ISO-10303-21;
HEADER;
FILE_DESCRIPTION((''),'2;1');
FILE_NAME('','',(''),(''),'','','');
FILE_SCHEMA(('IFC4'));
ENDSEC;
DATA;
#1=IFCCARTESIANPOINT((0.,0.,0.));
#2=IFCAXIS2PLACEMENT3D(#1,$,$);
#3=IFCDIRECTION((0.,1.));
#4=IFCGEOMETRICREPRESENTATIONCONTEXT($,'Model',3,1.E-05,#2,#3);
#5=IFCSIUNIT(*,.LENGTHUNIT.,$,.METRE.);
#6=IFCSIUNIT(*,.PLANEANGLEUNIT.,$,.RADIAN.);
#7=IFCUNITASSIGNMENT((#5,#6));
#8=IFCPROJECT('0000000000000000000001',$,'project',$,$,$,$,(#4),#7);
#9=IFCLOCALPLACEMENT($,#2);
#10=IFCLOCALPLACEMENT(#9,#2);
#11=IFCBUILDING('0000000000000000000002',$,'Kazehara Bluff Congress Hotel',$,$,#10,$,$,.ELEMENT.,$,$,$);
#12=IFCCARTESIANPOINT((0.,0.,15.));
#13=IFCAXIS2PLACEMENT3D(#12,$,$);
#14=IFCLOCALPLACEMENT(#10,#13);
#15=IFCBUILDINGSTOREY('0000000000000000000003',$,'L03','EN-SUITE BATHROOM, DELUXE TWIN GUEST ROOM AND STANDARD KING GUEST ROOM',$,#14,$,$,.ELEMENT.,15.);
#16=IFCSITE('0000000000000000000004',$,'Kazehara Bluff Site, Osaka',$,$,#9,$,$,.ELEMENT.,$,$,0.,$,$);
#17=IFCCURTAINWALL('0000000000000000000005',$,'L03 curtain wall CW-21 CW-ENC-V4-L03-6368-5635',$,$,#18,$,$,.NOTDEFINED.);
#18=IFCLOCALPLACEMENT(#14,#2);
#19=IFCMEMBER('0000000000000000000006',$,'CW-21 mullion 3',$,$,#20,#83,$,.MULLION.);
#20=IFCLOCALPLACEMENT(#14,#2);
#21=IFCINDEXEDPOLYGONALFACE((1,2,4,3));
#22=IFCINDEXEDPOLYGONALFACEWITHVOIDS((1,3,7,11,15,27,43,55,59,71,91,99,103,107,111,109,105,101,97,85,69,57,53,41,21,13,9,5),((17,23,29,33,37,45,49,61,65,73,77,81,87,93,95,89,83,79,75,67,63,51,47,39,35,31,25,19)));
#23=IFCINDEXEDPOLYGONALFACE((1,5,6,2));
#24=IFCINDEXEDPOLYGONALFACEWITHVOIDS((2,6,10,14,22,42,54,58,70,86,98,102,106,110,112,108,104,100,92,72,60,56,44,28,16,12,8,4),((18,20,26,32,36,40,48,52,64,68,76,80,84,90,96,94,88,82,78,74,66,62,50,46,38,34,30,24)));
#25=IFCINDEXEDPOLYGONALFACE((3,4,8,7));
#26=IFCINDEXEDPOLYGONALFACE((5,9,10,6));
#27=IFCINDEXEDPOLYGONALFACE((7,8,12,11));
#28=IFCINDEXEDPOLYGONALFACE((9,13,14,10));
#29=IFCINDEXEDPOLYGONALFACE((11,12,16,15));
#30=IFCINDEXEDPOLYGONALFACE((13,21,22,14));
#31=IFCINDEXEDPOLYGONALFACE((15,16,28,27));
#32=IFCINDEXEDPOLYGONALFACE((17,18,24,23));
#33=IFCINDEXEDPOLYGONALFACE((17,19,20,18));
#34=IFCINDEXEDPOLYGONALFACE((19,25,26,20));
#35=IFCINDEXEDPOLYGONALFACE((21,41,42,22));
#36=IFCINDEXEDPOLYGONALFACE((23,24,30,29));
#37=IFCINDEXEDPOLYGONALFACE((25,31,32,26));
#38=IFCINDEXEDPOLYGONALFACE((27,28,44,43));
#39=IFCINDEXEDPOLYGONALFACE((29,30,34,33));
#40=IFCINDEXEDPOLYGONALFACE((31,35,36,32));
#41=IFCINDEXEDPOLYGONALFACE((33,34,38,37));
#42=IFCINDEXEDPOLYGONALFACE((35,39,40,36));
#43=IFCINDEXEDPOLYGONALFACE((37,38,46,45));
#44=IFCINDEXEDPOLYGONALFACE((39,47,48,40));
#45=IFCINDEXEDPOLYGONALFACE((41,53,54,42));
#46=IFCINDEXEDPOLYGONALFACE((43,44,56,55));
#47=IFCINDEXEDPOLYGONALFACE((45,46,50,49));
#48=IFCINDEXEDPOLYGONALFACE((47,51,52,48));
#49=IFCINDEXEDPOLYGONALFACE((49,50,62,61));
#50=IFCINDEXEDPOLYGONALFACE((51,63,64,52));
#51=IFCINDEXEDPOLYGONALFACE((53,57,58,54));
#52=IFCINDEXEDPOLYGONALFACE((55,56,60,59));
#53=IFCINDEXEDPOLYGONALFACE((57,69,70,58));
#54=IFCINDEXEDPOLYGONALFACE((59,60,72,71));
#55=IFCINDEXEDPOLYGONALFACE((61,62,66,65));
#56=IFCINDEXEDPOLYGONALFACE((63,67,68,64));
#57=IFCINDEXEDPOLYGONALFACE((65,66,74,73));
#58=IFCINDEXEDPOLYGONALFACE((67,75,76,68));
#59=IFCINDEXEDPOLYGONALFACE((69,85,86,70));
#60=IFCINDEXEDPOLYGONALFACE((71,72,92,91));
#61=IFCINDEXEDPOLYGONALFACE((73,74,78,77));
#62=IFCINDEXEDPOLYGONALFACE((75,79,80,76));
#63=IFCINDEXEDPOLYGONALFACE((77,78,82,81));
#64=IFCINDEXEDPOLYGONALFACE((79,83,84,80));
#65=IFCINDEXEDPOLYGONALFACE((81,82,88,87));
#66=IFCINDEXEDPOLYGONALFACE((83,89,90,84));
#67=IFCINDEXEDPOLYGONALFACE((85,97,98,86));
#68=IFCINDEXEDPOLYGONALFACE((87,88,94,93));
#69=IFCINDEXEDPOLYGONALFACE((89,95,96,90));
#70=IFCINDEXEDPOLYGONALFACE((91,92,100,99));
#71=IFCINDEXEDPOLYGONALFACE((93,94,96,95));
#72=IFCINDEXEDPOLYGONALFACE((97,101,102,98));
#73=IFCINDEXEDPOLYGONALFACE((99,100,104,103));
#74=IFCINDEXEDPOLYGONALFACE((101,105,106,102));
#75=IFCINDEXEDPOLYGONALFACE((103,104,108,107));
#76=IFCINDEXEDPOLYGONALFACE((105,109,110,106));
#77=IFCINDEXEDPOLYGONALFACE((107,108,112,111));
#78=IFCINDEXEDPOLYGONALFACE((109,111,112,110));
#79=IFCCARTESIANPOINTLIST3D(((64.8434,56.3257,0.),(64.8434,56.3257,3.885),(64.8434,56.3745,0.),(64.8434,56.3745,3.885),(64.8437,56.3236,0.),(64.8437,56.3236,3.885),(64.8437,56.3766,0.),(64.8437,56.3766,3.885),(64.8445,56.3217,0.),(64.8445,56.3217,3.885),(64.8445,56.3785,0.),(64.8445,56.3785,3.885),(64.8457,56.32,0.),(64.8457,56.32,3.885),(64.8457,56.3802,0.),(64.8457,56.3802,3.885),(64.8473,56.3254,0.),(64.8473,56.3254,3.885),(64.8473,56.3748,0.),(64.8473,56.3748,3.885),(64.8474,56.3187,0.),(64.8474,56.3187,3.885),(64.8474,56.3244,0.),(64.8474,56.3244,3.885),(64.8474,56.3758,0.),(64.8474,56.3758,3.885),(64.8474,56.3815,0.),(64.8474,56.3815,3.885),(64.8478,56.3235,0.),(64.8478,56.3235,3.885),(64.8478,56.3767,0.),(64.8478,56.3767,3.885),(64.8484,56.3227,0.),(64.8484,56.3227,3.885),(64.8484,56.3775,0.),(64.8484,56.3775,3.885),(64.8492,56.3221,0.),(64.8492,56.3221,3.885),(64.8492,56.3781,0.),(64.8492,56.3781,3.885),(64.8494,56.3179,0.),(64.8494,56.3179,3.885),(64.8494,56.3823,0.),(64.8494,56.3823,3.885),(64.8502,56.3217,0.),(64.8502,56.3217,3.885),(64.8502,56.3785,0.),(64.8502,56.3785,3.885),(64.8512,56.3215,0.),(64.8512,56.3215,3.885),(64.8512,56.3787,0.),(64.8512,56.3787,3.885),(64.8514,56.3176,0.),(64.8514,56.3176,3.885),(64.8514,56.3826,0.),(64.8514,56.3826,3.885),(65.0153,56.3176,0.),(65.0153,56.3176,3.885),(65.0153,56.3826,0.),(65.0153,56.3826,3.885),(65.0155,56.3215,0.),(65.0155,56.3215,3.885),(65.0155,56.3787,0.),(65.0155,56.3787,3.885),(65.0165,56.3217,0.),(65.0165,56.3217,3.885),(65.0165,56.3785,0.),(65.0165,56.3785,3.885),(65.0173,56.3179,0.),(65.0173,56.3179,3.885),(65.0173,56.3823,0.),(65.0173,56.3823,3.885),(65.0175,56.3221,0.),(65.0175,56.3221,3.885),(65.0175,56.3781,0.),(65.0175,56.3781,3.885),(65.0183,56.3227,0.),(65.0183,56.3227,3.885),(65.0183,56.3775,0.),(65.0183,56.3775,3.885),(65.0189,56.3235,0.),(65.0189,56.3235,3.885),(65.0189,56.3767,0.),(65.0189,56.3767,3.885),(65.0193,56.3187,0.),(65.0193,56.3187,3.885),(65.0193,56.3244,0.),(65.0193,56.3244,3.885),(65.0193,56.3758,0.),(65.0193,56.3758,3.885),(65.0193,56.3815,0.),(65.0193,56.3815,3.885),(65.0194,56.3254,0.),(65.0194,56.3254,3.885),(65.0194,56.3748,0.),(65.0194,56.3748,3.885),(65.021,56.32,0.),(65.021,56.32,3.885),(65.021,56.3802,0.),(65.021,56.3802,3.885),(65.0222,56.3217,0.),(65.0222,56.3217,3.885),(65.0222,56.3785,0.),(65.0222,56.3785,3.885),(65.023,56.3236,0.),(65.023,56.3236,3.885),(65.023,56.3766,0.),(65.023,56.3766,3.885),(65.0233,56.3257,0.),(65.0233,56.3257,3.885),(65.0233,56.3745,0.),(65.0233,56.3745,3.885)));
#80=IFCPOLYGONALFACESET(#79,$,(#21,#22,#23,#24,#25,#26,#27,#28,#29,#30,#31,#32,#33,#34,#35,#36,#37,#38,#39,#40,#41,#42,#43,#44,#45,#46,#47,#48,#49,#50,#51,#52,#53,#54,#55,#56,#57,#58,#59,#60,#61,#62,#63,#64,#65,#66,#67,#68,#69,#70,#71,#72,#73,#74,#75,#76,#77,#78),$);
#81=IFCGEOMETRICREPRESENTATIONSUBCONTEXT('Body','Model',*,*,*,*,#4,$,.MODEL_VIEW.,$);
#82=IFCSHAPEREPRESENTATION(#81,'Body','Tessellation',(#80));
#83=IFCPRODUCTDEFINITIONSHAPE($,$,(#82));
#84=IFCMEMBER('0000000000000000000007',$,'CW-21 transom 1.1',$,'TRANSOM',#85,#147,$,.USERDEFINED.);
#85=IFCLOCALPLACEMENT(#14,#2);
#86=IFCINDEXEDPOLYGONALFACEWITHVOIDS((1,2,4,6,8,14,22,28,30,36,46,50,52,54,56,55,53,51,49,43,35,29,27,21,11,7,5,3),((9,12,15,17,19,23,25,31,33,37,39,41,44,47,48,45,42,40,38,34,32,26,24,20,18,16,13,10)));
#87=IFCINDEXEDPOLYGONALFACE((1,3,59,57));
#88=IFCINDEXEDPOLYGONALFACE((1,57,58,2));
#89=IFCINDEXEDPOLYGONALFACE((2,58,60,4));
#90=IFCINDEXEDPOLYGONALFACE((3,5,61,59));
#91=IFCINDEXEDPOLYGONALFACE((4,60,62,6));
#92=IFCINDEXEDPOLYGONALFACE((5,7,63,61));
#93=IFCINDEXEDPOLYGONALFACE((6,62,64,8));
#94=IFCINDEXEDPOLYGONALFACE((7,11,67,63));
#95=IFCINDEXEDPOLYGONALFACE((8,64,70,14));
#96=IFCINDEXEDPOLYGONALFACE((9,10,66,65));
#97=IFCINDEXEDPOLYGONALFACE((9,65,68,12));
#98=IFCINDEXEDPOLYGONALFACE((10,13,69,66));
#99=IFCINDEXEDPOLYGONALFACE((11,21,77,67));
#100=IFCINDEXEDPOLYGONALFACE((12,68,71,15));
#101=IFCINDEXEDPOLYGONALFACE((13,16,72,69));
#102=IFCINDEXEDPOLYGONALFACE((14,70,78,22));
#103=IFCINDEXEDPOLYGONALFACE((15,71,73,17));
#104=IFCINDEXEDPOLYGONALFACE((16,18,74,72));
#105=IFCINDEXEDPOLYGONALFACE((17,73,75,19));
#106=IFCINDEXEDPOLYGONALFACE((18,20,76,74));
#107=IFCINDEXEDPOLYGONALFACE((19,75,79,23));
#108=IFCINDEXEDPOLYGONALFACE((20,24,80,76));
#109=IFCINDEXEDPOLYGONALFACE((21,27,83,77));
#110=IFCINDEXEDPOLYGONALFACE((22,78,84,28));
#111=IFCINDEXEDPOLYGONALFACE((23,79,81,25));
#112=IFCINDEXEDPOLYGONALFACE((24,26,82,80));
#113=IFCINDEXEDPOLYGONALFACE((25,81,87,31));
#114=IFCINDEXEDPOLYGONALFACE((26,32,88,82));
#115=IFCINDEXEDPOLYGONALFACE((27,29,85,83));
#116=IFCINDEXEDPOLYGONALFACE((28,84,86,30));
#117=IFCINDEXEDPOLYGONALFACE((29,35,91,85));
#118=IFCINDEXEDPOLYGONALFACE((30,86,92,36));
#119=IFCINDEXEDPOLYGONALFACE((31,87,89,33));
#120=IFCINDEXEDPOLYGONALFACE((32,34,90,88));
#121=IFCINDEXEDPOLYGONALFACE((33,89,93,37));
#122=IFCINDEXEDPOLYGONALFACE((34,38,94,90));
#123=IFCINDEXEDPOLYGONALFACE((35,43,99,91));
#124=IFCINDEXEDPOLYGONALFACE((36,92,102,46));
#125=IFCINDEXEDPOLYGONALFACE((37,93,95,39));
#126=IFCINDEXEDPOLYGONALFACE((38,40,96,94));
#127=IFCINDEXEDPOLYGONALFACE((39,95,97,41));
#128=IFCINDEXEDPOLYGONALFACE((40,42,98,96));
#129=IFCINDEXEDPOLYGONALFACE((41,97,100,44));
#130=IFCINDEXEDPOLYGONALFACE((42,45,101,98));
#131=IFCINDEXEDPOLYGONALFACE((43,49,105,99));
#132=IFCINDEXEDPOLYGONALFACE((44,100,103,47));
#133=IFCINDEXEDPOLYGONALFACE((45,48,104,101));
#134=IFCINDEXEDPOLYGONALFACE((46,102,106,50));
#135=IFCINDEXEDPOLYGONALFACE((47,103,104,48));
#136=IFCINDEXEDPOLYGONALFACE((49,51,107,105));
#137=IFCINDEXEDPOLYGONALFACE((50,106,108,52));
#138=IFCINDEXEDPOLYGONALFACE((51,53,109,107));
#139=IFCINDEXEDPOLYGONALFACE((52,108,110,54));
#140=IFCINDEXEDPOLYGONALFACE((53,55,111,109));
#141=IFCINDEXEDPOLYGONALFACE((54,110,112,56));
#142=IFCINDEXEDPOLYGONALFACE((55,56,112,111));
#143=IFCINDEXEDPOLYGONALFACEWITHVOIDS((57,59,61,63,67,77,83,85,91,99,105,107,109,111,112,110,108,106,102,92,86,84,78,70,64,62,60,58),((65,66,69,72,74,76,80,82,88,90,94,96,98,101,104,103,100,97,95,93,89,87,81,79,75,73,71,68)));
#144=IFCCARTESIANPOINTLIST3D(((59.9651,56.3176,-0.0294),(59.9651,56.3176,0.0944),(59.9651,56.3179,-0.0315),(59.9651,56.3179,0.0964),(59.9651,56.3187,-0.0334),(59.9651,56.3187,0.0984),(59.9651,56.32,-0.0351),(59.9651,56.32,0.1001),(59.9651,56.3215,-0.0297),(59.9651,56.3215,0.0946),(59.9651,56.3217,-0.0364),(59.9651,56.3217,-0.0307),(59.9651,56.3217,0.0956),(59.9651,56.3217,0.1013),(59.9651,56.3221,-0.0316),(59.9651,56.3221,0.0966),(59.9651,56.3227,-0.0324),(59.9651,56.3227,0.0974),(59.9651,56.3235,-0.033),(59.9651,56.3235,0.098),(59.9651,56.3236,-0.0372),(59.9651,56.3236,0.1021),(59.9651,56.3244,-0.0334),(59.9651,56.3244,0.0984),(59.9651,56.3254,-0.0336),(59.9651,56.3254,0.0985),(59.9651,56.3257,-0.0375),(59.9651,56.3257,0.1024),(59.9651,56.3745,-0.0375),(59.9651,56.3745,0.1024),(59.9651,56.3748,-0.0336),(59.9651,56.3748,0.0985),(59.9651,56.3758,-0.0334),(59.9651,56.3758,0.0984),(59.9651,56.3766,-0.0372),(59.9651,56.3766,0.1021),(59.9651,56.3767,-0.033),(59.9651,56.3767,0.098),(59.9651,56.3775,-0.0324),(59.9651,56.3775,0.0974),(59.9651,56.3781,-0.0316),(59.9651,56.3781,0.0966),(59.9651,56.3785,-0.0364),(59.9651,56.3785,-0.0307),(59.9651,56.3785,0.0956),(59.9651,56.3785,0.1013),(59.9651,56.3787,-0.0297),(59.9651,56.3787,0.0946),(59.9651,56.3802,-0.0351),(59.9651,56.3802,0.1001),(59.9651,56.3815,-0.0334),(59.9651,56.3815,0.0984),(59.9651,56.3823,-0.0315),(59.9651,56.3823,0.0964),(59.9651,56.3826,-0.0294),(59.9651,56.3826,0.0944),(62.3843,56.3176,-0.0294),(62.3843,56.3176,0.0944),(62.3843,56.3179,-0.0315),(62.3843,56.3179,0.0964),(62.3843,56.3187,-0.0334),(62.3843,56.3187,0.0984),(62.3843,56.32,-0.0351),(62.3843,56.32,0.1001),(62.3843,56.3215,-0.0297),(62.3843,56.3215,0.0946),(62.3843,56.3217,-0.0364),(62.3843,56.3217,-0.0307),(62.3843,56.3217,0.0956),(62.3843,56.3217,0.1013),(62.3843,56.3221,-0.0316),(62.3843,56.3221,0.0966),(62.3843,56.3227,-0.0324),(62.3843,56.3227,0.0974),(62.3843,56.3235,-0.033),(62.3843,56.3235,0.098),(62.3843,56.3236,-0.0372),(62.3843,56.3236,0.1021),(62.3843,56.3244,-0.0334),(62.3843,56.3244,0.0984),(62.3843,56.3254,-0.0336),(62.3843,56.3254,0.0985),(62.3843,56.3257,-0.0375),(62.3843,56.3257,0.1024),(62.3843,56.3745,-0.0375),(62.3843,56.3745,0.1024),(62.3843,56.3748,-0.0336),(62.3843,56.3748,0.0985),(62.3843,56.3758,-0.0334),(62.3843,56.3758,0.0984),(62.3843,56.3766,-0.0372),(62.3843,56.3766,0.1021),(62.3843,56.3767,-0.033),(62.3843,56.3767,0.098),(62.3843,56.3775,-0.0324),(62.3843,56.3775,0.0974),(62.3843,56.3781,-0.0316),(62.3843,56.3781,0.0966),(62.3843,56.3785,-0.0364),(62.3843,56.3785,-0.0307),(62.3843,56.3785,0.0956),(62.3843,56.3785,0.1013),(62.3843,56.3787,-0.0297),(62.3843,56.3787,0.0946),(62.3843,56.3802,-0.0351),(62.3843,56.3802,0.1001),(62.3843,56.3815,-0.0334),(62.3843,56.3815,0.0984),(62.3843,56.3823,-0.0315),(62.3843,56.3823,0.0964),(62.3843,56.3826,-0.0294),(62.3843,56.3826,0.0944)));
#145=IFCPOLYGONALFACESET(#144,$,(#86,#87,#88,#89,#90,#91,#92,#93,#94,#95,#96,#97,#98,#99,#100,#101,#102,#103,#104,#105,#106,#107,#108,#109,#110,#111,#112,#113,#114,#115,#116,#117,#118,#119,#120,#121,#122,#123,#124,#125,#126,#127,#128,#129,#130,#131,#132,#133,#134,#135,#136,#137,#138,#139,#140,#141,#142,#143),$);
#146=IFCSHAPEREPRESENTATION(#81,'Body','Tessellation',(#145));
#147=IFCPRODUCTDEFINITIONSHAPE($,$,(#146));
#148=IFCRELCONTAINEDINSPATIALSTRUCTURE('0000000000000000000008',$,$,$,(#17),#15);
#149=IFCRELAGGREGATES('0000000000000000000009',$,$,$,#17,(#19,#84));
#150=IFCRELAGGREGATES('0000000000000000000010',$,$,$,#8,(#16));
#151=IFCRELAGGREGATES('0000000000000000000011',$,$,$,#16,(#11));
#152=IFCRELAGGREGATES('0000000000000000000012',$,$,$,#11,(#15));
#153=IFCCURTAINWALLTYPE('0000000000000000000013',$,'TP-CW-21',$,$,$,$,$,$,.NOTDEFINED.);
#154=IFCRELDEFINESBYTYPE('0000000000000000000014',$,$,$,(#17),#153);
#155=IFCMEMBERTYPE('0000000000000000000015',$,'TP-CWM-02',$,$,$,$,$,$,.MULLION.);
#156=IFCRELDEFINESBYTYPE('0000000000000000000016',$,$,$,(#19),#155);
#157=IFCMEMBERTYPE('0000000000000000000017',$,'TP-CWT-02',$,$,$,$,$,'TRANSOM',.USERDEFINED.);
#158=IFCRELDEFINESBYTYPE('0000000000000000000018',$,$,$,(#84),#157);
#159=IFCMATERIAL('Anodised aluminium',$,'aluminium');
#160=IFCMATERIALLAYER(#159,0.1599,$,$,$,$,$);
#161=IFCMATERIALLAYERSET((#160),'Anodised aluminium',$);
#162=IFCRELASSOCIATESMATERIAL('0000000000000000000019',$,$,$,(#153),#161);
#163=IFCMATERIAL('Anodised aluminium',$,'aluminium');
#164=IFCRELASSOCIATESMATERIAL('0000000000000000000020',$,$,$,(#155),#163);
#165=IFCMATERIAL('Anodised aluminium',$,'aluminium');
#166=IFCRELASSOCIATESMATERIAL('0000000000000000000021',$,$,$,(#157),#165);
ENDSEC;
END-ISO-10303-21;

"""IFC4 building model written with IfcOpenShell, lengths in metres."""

from ifc_helpers import new_model, si_unit, direction, frame, origin, origin_2d, place, context, subcontext, project, spatial, hollow_rectangle, extrude, material, layer, layer_set, material_profile, profile_set, type_object, element, aggregate, save


model = new_model("IFC4")

# Units and contexts
model_context = context("Model", 3, precision=1e-05, world=origin(), true_north=direction((0.0, 1.0)))
body_context = subcontext(model_context, "Body", "Model", "MODEL_VIEW")
ifc_project = project(units=[si_unit("LENGTHUNIT", "METRE"), si_unit("PLANEANGLEUNIT", "RADIAN")], contexts=[model_context])

# Site, building, storey
site_placement = place(None, origin())
site = spatial("IfcSite", under=ifc_project, at=site_placement, Name="Kazehara Bluff Site, Osaka", CompositionType="ELEMENT", RefElevation=0.0)
building_placement = place(site_placement, origin())
building = spatial("IfcBuilding", under=site, at=building_placement, Name="Kazehara Bluff Congress Hotel", CompositionType="ELEMENT")
storey_placement = place(building_placement, frame((0.0, 0.0, 15.0)))
storey = spatial("IfcBuildingStorey", under=building, at=storey_placement, Name="L03", Description="EN-SUITE BATHROOM, DELUXE TWIN GUEST ROOM AND STANDARD KING GUEST ROOM", CompositionType="ELEMENT", Elevation=15.0)

# Curtain wall, members
ifc_material_1 = material(Name="Anodised aluminium", Category="aluminium")
ifc_layer_1 = layer(ifc_material_1, 0.1599)
ifc_layer_set_1 = layer_set([ifc_layer_1], Name="Anodised aluminium")
curtain_wall_type = type_object("IfcCurtainWallType", Name="TP-CW-21", PredefinedType="NOTDEFINED", material=ifc_layer_set_1)
curtain_wall_placement = place(storey_placement, origin())
curtain_wall = element("IfcCurtainWall", 1, at=curtain_wall_placement, inside=storey, type_object=curtain_wall_type, Name="L03 curtain wall CW-21 CW-ENC-V4-L03-6368-5635", PredefinedType="NOTDEFINED")
ifc_material_2 = material(Name="Anodised aluminium", Category="aluminium")
ifc_material_profile_1 = material_profile(ifc_material_2, hollow_rectangle(XDim=0.0649, YDim=0.1799, WallThickness=0.0039, InnerFilletRadius=0.0039, OuterFilletRadius=0.0081, at=origin_2d()))
ifc_profile_set_1 = profile_set([ifc_material_profile_1], Name="Anodised aluminium")
member_type_1 = type_object("IfcMemberType", Name="TP-CWM-02", PredefinedType="MULLION", material=ifc_profile_set_1)
member_1_placement = place(storey_placement, frame((64.9333, 56.3501, 0.0), z_axis=(0.0, 0.0, 1.0), x_axis=(0.0, 1.0, 0.0)))
member_1 = element("IfcMember", 2, at=member_1_placement, type_object=member_type_1, Name="CW-21 mullion 3", PredefinedType="MULLION", context=body_context, shape_type="SweptSolid", body=[
    extrude(hollow_rectangle(XDim=0.0649, YDim=0.1799, WallThickness=0.0039, InnerFilletRadius=0.0039, OuterFilletRadius=0.0081, at=origin_2d()), origin(), (0.0, 0.0, 1.0), 3.885),
])
ifc_material_3 = material(Name="Anodised aluminium", Category="aluminium")
ifc_material_profile_2 = material_profile(ifc_material_3, hollow_rectangle(XDim=0.0649, YDim=0.1399, WallThickness=0.0039, InnerFilletRadius=0.0039, OuterFilletRadius=0.0081, at=origin_2d()))
ifc_profile_set_2 = profile_set([ifc_material_profile_2], Name="Anodised aluminium")
member_type_2 = type_object("IfcMemberType", Name="TP-CWT-02", ElementType="TRANSOM", PredefinedType="USERDEFINED", material=ifc_profile_set_2)
member_2_placement = place(storey_placement, frame((59.9651, 56.3501, 0.0325), z_axis=(1.0, 0.0, 0.0), x_axis=(0.0, 1.0, 0.0)))
member_2 = element("IfcMember", 3, at=member_2_placement, type_object=member_type_2, Name="CW-21 transom 1.1", ObjectType="TRANSOM", PredefinedType="USERDEFINED", context=body_context, shape_type="SweptSolid", body=[
    extrude(hollow_rectangle(XDim=0.0649, YDim=0.1399, WallThickness=0.0039, InnerFilletRadius=0.0039, OuterFilletRadius=0.0081, at=origin_2d()), origin(), (0.0, 0.0, 1.0), 2.4192),
])

aggregate(curtain_wall, [member_1, member_2])

save(model, "model.ifc")
